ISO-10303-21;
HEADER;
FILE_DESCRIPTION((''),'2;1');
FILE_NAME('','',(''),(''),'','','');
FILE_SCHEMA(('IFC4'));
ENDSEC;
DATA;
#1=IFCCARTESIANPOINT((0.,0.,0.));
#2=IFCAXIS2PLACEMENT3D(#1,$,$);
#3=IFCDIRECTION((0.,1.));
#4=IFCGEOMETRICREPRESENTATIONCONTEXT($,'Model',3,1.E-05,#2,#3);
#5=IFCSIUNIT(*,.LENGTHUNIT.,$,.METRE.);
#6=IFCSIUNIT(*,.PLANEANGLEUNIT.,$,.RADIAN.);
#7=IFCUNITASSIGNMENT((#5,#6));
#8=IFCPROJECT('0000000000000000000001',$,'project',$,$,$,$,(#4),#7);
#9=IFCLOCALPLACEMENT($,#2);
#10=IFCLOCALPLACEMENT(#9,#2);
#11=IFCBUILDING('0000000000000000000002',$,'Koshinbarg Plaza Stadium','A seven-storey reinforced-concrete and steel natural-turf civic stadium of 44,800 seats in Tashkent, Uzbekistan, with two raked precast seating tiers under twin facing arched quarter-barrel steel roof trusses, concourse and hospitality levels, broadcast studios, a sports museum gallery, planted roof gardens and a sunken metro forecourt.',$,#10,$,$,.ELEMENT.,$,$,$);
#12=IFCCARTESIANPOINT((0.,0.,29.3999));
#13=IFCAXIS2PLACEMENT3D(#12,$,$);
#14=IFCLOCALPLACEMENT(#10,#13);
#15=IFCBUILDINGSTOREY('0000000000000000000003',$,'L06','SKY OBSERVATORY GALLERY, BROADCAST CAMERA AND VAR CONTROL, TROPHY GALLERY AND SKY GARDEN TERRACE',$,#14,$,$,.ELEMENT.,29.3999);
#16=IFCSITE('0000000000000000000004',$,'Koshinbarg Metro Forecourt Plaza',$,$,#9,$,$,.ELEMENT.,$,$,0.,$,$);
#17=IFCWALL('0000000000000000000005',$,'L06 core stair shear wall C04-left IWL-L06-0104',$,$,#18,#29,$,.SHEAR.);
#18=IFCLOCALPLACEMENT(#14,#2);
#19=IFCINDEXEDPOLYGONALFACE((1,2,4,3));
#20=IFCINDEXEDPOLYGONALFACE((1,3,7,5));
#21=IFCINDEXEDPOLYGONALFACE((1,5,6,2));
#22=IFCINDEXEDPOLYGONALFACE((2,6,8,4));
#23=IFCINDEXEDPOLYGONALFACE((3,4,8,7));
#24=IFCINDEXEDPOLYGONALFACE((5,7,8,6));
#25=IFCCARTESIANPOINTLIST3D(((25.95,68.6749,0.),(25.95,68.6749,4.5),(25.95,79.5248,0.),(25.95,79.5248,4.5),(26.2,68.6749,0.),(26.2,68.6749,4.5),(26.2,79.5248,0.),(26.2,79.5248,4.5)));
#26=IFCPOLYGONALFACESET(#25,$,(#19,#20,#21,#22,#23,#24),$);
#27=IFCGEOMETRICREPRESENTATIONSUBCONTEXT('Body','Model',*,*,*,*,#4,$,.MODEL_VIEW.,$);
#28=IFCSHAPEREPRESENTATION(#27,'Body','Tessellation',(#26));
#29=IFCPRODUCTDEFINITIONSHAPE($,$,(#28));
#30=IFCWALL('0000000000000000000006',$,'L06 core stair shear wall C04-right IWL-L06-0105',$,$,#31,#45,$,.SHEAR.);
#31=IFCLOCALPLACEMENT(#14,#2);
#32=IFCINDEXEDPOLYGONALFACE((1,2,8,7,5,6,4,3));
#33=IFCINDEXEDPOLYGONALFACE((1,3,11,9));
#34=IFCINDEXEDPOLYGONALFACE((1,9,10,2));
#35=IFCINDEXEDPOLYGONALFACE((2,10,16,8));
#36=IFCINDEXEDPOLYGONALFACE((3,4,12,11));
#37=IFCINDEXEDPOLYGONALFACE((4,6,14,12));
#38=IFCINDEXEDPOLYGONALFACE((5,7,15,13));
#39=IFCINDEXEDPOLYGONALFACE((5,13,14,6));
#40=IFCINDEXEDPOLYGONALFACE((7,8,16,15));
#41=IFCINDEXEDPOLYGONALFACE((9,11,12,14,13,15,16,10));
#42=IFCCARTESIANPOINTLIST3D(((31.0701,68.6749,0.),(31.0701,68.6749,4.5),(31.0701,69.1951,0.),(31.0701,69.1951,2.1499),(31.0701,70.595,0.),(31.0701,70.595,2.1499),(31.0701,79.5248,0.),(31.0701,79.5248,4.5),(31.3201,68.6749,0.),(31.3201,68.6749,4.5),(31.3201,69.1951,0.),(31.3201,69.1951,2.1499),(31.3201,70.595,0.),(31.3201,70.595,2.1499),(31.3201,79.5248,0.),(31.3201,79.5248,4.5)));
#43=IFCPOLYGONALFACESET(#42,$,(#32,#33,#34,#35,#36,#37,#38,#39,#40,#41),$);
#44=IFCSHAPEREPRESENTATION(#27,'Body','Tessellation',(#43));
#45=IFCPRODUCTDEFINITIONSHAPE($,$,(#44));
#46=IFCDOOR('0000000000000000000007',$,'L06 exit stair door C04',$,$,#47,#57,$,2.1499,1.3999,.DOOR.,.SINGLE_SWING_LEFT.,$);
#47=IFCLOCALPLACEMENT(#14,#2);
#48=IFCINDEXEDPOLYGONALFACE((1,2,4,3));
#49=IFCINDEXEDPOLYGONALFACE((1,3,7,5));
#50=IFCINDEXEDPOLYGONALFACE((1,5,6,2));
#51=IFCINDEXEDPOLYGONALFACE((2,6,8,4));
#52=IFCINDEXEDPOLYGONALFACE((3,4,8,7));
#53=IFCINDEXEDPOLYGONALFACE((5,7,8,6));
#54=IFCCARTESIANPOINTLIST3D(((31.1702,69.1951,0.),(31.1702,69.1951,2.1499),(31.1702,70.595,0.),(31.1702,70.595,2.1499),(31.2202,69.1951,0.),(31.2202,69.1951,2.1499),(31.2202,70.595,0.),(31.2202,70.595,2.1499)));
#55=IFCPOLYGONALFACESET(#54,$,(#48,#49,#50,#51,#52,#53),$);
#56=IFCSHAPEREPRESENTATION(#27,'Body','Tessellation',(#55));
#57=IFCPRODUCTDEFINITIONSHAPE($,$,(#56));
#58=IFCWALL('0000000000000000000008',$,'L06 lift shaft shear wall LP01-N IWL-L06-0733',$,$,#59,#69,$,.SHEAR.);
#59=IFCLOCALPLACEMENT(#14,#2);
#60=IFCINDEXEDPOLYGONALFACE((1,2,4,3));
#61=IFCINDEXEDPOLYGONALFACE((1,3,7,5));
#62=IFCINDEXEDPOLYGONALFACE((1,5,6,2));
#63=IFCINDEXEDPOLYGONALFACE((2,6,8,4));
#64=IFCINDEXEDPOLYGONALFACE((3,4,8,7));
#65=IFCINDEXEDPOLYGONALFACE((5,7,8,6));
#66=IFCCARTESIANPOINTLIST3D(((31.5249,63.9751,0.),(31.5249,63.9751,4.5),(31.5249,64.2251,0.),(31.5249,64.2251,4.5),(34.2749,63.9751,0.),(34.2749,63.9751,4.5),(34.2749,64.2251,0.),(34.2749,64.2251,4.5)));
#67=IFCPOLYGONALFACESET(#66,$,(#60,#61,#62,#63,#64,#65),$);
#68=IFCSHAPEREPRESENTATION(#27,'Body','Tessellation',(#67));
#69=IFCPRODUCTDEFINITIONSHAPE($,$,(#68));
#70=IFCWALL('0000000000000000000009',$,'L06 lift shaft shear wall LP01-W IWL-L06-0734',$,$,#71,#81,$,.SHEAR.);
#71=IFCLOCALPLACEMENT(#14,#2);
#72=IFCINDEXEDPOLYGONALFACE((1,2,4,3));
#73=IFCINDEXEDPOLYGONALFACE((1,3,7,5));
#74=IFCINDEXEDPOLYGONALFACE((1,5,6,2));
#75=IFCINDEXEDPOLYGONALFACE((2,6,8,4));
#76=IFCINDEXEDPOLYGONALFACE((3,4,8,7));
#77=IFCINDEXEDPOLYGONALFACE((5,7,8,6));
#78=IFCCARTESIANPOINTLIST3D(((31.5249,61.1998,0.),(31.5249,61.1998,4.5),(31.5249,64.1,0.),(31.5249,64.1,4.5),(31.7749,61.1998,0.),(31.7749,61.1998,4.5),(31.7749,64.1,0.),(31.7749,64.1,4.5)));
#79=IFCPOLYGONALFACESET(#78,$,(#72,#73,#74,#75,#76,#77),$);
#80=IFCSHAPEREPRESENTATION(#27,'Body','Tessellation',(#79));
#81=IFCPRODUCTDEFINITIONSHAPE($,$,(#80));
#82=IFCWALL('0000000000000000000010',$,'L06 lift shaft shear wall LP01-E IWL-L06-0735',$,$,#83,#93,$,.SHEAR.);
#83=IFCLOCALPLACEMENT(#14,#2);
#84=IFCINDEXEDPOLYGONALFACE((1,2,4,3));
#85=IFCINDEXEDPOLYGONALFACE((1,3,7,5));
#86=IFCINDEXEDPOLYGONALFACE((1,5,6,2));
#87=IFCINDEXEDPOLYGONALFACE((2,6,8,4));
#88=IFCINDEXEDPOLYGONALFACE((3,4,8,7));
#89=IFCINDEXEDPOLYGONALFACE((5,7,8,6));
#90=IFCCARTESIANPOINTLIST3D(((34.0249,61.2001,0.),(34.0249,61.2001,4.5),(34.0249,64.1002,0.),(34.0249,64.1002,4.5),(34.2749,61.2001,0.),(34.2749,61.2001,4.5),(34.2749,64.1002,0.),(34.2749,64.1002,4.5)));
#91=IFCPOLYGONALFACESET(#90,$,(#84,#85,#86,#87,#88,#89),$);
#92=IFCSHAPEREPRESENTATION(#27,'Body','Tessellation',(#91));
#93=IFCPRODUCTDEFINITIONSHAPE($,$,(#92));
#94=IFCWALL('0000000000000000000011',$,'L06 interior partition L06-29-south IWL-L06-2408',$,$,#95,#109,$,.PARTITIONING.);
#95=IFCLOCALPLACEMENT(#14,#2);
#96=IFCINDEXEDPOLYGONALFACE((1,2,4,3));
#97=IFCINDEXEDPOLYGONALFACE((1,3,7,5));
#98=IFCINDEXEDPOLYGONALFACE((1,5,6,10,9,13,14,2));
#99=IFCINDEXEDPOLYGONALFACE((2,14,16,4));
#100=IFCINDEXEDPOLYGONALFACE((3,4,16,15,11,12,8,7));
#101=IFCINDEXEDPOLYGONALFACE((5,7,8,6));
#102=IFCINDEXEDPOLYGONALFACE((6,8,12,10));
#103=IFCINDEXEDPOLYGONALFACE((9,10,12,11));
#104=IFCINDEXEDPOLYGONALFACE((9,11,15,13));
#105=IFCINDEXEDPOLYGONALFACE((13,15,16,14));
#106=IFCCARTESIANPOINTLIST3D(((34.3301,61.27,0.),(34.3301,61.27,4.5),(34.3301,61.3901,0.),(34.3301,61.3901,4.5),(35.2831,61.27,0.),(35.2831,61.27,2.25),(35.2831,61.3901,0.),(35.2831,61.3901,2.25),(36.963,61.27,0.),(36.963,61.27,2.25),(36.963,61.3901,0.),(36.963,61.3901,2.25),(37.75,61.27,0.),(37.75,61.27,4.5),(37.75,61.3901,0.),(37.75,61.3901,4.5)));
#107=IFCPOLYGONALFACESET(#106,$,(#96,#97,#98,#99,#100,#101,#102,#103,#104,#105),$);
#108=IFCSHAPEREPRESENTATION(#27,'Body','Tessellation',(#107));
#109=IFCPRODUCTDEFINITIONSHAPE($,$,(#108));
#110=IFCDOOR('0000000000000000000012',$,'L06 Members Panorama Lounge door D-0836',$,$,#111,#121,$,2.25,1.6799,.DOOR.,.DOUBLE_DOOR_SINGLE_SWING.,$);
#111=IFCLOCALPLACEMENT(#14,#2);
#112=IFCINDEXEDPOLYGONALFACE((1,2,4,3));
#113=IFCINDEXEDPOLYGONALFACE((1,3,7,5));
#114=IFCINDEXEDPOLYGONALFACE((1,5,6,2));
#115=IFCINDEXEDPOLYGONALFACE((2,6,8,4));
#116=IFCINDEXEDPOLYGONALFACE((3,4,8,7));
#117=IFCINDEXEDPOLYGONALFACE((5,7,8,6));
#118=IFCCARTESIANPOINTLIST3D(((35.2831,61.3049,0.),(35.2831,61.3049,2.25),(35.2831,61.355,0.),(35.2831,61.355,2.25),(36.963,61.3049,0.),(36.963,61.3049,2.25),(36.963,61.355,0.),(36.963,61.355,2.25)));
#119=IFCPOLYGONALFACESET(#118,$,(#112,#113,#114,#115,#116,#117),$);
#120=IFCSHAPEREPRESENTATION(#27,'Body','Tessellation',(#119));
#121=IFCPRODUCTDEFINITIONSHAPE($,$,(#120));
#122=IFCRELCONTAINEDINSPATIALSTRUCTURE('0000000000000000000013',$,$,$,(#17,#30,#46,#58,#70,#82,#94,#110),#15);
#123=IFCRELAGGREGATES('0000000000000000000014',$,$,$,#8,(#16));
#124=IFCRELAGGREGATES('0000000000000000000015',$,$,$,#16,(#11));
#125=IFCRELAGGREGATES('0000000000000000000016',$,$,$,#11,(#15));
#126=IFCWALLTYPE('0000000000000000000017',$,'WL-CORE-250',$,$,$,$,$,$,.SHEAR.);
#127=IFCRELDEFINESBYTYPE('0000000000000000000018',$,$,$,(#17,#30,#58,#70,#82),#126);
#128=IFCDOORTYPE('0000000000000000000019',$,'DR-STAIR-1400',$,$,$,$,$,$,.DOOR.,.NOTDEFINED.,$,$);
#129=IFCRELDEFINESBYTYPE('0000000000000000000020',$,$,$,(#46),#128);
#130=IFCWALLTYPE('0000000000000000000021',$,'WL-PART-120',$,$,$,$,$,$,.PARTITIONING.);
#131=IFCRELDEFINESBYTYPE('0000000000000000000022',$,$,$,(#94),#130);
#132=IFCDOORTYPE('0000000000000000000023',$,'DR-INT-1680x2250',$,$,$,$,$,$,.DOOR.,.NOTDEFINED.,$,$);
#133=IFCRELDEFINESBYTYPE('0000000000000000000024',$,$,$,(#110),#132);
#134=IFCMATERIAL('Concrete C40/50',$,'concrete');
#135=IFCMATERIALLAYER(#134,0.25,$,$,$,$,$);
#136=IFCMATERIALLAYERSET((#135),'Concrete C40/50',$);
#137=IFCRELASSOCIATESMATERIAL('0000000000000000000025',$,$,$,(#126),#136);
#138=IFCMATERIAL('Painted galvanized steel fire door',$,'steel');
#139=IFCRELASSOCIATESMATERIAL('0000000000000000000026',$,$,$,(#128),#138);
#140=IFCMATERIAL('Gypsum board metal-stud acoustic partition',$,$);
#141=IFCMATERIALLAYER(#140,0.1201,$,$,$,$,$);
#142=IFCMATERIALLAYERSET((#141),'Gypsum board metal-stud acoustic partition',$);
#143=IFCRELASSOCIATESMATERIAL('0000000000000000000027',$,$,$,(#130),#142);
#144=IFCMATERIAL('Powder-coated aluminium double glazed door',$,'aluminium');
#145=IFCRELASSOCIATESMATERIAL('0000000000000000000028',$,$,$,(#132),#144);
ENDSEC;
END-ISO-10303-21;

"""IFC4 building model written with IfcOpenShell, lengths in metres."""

from ifc_helpers import new_model, si_unit, direction, frame, frame_2d, origin, place, context, subcontext, project, spatial, rectangle, extrude, material, layer, layer_set, type_object, element, fill, save


model = new_model("IFC4")

# Units and contexts
model_context = context("Model", 3, precision=1e-05, world=origin(), true_north=direction((0.0, 1.0)))
body_context = subcontext(model_context, "Body", "Model", "MODEL_VIEW")
ifc_project = project(units=[si_unit("LENGTHUNIT", "METRE"), si_unit("PLANEANGLEUNIT", "RADIAN")], contexts=[model_context])

# Site, building, storey
site_placement = place(None, origin())
site = spatial("IfcSite", under=ifc_project, at=site_placement, Name="Koshinbarg Metro Forecourt Plaza", CompositionType="ELEMENT", RefElevation=0.0)
building_placement = place(site_placement, origin())
building = spatial("IfcBuilding", under=site, at=building_placement, Name="Koshinbarg Plaza Stadium", Description="A seven-storey reinforced-concrete and steel natural-turf civic stadium of 44,800 seats in Tashkent, Uzbekistan, with two raked precast seating tiers under twin facing arched quarter-barrel steel roof trusses, concourse and hospitality levels, broadcast studios, a sports museum gallery, planted roof gardens and a sunken metro forecourt.", CompositionType="ELEMENT")
storey_placement = place(building_placement, frame((0.0, 0.0, 29.3999)))
storey = spatial("IfcBuildingStorey", under=building, at=storey_placement, Name="L06", Description="SKY OBSERVATORY GALLERY, BROADCAST CAMERA AND VAR CONTROL, TROPHY GALLERY AND SKY GARDEN TERRACE", CompositionType="ELEMENT", Elevation=29.3999)

# Shared definitions
ifc_material_1 = material(Name="Concrete C40/50", Category="concrete")

# Wall
ifc_layer_1 = layer(ifc_material_1, 0.25)
ifc_layer_set_1 = layer_set([ifc_layer_1], Name="Concrete C40/50")
wall_type_1 = type_object("IfcWallType", Name="WL-CORE-250", PredefinedType="SHEAR", material=ifc_layer_set_1)
wall_1_placement = place(storey_placement, frame((26.075, 68.675, 0.0), z_axis=(0.0, 0.0, 1.0), x_axis=(0.0, 1.0, 0.0)))
element("IfcWall", 1, at=wall_1_placement, inside=storey, type_object=wall_type_1, Name="L06 core stair shear wall C04-left IWL-L06-0104", PredefinedType="SHEAR", context=body_context, shape_type="SweptSolid", body=[
    extrude(rectangle(XDim=10.8499, YDim=0.25, at=frame_2d((5.4248, 0.0))), origin(), (0.0, 0.0, 1.0), 4.5),
])

# Wall, opening, door
wall_2_placement = place(storey_placement, frame((31.1951, 68.675, 0.0), z_axis=(0.0, 0.0, 1.0), x_axis=(0.0, 1.0, 0.0)))
wall_2 = element("IfcWall", 2, at=wall_2_placement, inside=storey, type_object=wall_type_1, Name="L06 core stair shear wall C04-right IWL-L06-0105", PredefinedType="SHEAR", context=body_context, shape_type="SweptSolid", body=[
    extrude(rectangle(XDim=10.8499, YDim=0.25, at=frame_2d((5.4248, 0.0))), origin(), (0.0, 0.0, 1.0), 4.5),
])
opening_1_placement = place(wall_2_placement, frame((0.52, 0.0, 0.0)))
opening_1 = element("IfcOpeningElement", 3, at=opening_1_placement, cuts=wall_2, PredefinedType="OPENING", context=body_context, shape_type="SweptSolid", body=[
    extrude(rectangle(XDim=1.3999, YDim=2.1499, at=frame_2d((0.7, 1.075))), frame((0.0, 0.135, 0.0), z_axis=(0.0, -1.0, 0.0), x_axis=(1.0, 0.0, 0.0)), (0.0, 0.0, 1.0), 0.27),
])
ifc_material_2 = material(Name="Painted galvanized steel fire door", Category="steel")
door_type_1 = type_object("IfcDoorType", Name="DR-STAIR-1400", OperationType="NOTDEFINED", PredefinedType="DOOR", material=ifc_material_2)
door_1_placement = place(opening_1_placement, origin())
door_1 = element("IfcDoor", 4, at=door_1_placement, inside=storey, type_object=door_type_1, Name="L06 exit stair door C04", OperationType="SINGLE_SWING_LEFT", OverallHeight=2.1499, OverallWidth=1.3999, PredefinedType="DOOR", context=body_context, shape_type="SweptSolid", body=[
    extrude(rectangle(XDim=1.3999, YDim=2.1499, at=frame_2d((0.7, 1.075))), frame((0.0, 0.0249, 0.0), z_axis=(0.0, -1.0, 0.0), x_axis=(1.0, 0.0, 0.0)), (0.0, 0.0, 1.0), 0.05),
])
fill(opening_1, door_1)

# Walls
wall_3_placement = place(storey_placement, frame((34.2749, 64.1001, 0.0), z_axis=(0.0, 0.0, 1.0), x_axis=(-1.0, 0.0, 0.0)))
element("IfcWall", 5, at=wall_3_placement, inside=storey, type_object=wall_type_1, Name="L06 lift shaft shear wall LP01-N IWL-L06-0733", PredefinedType="SHEAR", context=body_context, shape_type="SweptSolid", body=[
    extrude(rectangle(XDim=2.75, YDim=0.25, at=frame_2d((1.375, 0.0))), origin(), (0.0, 0.0, 1.0), 4.5),
])
for number, where, z_axis, x_axis, name in (
    (6, (31.6499, 64.1001, 0.0), (0.0, 0.0, 1.0), (0.0, -1.0, 0.0), "L06 lift shaft shear wall LP01-W IWL-L06-0734"),
    (7, (34.1499, 61.2, 0.0), (0.0, 0.0, 1.0), (0.0, 1.0, 0.0), "L06 lift shaft shear wall LP01-E IWL-L06-0735"),
):
    element("IfcWall", number, at=place(storey_placement, frame(where, z_axis=z_axis, x_axis=x_axis)), inside=storey, type_object=wall_type_1, Name=name, PredefinedType="SHEAR", context=body_context, shape_type="SweptSolid", body=[
        extrude(rectangle(XDim=2.9001, YDim=0.25, at=frame_2d((1.4502, 0.0))), origin(), (0.0, 0.0, 1.0), 4.5),
    ])

# Wall, opening, door
ifc_material_3 = material(Name="Gypsum board metal-stud acoustic partition")
ifc_layer_2 = layer(ifc_material_3, 0.1201)
ifc_layer_set_2 = layer_set([ifc_layer_2], Name="Gypsum board metal-stud acoustic partition")
wall_type_2 = type_object("IfcWallType", Name="WL-PART-120", PredefinedType="PARTITIONING", material=ifc_layer_set_2)
wall_4_placement = place(storey_placement, frame((34.3301, 61.3301, 0.0), z_axis=(0.0, 0.0, 1.0), x_axis=(1.0, 0.0, 0.0)))
wall_4 = element("IfcWall", 8, at=wall_4_placement, inside=storey, type_object=wall_type_2, Name="L06 interior partition L06-29-south IWL-L06-2408", PredefinedType="PARTITIONING", context=body_context, shape_type="SweptSolid", body=[
    extrude(rectangle(XDim=3.4199, YDim=0.1201, at=frame_2d((1.71, 0.0))), origin(), (0.0, 0.0, 1.0), 4.5),
])
opening_2_placement = place(wall_4_placement, frame((0.9531, 0.0, 0.0)))
opening_2 = element("IfcOpeningElement", 9, at=opening_2_placement, cuts=wall_4, PredefinedType="OPENING", context=body_context, shape_type="SweptSolid", body=[
    extrude(rectangle(XDim=1.6799, YDim=2.25, at=frame_2d((0.8398, 1.125))), frame((0.0, 0.0701, 0.0), z_axis=(0.0, -1.0, 0.0), x_axis=(1.0, 0.0, 0.0)), (0.0, 0.0, 1.0), 0.1401),
])
ifc_material_4 = material(Name="Powder-coated aluminium double glazed door", Category="aluminium")
door_type_2 = type_object("IfcDoorType", Name="DR-INT-1680x2250", OperationType="NOTDEFINED", PredefinedType="DOOR", material=ifc_material_4)
door_2_placement = place(opening_2_placement, origin())
door_2 = element("IfcDoor", 10, at=door_2_placement, inside=storey, type_object=door_type_2, Name="L06 Members Panorama Lounge door D-0836", OperationType="DOUBLE_DOOR_SINGLE_SWING", OverallHeight=2.25, OverallWidth=1.6799, PredefinedType="DOOR", context=body_context, shape_type="SweptSolid", body=[
    extrude(rectangle(XDim=1.6799, YDim=2.25, at=frame_2d((0.8398, 1.125))), frame((0.0, 0.0249, 0.0), z_axis=(0.0, -1.0, 0.0), x_axis=(1.0, 0.0, 0.0)), (0.0, 0.0, 1.0), 0.05),
])
fill(opening_2, door_2)

save(model, "model.ifc")
